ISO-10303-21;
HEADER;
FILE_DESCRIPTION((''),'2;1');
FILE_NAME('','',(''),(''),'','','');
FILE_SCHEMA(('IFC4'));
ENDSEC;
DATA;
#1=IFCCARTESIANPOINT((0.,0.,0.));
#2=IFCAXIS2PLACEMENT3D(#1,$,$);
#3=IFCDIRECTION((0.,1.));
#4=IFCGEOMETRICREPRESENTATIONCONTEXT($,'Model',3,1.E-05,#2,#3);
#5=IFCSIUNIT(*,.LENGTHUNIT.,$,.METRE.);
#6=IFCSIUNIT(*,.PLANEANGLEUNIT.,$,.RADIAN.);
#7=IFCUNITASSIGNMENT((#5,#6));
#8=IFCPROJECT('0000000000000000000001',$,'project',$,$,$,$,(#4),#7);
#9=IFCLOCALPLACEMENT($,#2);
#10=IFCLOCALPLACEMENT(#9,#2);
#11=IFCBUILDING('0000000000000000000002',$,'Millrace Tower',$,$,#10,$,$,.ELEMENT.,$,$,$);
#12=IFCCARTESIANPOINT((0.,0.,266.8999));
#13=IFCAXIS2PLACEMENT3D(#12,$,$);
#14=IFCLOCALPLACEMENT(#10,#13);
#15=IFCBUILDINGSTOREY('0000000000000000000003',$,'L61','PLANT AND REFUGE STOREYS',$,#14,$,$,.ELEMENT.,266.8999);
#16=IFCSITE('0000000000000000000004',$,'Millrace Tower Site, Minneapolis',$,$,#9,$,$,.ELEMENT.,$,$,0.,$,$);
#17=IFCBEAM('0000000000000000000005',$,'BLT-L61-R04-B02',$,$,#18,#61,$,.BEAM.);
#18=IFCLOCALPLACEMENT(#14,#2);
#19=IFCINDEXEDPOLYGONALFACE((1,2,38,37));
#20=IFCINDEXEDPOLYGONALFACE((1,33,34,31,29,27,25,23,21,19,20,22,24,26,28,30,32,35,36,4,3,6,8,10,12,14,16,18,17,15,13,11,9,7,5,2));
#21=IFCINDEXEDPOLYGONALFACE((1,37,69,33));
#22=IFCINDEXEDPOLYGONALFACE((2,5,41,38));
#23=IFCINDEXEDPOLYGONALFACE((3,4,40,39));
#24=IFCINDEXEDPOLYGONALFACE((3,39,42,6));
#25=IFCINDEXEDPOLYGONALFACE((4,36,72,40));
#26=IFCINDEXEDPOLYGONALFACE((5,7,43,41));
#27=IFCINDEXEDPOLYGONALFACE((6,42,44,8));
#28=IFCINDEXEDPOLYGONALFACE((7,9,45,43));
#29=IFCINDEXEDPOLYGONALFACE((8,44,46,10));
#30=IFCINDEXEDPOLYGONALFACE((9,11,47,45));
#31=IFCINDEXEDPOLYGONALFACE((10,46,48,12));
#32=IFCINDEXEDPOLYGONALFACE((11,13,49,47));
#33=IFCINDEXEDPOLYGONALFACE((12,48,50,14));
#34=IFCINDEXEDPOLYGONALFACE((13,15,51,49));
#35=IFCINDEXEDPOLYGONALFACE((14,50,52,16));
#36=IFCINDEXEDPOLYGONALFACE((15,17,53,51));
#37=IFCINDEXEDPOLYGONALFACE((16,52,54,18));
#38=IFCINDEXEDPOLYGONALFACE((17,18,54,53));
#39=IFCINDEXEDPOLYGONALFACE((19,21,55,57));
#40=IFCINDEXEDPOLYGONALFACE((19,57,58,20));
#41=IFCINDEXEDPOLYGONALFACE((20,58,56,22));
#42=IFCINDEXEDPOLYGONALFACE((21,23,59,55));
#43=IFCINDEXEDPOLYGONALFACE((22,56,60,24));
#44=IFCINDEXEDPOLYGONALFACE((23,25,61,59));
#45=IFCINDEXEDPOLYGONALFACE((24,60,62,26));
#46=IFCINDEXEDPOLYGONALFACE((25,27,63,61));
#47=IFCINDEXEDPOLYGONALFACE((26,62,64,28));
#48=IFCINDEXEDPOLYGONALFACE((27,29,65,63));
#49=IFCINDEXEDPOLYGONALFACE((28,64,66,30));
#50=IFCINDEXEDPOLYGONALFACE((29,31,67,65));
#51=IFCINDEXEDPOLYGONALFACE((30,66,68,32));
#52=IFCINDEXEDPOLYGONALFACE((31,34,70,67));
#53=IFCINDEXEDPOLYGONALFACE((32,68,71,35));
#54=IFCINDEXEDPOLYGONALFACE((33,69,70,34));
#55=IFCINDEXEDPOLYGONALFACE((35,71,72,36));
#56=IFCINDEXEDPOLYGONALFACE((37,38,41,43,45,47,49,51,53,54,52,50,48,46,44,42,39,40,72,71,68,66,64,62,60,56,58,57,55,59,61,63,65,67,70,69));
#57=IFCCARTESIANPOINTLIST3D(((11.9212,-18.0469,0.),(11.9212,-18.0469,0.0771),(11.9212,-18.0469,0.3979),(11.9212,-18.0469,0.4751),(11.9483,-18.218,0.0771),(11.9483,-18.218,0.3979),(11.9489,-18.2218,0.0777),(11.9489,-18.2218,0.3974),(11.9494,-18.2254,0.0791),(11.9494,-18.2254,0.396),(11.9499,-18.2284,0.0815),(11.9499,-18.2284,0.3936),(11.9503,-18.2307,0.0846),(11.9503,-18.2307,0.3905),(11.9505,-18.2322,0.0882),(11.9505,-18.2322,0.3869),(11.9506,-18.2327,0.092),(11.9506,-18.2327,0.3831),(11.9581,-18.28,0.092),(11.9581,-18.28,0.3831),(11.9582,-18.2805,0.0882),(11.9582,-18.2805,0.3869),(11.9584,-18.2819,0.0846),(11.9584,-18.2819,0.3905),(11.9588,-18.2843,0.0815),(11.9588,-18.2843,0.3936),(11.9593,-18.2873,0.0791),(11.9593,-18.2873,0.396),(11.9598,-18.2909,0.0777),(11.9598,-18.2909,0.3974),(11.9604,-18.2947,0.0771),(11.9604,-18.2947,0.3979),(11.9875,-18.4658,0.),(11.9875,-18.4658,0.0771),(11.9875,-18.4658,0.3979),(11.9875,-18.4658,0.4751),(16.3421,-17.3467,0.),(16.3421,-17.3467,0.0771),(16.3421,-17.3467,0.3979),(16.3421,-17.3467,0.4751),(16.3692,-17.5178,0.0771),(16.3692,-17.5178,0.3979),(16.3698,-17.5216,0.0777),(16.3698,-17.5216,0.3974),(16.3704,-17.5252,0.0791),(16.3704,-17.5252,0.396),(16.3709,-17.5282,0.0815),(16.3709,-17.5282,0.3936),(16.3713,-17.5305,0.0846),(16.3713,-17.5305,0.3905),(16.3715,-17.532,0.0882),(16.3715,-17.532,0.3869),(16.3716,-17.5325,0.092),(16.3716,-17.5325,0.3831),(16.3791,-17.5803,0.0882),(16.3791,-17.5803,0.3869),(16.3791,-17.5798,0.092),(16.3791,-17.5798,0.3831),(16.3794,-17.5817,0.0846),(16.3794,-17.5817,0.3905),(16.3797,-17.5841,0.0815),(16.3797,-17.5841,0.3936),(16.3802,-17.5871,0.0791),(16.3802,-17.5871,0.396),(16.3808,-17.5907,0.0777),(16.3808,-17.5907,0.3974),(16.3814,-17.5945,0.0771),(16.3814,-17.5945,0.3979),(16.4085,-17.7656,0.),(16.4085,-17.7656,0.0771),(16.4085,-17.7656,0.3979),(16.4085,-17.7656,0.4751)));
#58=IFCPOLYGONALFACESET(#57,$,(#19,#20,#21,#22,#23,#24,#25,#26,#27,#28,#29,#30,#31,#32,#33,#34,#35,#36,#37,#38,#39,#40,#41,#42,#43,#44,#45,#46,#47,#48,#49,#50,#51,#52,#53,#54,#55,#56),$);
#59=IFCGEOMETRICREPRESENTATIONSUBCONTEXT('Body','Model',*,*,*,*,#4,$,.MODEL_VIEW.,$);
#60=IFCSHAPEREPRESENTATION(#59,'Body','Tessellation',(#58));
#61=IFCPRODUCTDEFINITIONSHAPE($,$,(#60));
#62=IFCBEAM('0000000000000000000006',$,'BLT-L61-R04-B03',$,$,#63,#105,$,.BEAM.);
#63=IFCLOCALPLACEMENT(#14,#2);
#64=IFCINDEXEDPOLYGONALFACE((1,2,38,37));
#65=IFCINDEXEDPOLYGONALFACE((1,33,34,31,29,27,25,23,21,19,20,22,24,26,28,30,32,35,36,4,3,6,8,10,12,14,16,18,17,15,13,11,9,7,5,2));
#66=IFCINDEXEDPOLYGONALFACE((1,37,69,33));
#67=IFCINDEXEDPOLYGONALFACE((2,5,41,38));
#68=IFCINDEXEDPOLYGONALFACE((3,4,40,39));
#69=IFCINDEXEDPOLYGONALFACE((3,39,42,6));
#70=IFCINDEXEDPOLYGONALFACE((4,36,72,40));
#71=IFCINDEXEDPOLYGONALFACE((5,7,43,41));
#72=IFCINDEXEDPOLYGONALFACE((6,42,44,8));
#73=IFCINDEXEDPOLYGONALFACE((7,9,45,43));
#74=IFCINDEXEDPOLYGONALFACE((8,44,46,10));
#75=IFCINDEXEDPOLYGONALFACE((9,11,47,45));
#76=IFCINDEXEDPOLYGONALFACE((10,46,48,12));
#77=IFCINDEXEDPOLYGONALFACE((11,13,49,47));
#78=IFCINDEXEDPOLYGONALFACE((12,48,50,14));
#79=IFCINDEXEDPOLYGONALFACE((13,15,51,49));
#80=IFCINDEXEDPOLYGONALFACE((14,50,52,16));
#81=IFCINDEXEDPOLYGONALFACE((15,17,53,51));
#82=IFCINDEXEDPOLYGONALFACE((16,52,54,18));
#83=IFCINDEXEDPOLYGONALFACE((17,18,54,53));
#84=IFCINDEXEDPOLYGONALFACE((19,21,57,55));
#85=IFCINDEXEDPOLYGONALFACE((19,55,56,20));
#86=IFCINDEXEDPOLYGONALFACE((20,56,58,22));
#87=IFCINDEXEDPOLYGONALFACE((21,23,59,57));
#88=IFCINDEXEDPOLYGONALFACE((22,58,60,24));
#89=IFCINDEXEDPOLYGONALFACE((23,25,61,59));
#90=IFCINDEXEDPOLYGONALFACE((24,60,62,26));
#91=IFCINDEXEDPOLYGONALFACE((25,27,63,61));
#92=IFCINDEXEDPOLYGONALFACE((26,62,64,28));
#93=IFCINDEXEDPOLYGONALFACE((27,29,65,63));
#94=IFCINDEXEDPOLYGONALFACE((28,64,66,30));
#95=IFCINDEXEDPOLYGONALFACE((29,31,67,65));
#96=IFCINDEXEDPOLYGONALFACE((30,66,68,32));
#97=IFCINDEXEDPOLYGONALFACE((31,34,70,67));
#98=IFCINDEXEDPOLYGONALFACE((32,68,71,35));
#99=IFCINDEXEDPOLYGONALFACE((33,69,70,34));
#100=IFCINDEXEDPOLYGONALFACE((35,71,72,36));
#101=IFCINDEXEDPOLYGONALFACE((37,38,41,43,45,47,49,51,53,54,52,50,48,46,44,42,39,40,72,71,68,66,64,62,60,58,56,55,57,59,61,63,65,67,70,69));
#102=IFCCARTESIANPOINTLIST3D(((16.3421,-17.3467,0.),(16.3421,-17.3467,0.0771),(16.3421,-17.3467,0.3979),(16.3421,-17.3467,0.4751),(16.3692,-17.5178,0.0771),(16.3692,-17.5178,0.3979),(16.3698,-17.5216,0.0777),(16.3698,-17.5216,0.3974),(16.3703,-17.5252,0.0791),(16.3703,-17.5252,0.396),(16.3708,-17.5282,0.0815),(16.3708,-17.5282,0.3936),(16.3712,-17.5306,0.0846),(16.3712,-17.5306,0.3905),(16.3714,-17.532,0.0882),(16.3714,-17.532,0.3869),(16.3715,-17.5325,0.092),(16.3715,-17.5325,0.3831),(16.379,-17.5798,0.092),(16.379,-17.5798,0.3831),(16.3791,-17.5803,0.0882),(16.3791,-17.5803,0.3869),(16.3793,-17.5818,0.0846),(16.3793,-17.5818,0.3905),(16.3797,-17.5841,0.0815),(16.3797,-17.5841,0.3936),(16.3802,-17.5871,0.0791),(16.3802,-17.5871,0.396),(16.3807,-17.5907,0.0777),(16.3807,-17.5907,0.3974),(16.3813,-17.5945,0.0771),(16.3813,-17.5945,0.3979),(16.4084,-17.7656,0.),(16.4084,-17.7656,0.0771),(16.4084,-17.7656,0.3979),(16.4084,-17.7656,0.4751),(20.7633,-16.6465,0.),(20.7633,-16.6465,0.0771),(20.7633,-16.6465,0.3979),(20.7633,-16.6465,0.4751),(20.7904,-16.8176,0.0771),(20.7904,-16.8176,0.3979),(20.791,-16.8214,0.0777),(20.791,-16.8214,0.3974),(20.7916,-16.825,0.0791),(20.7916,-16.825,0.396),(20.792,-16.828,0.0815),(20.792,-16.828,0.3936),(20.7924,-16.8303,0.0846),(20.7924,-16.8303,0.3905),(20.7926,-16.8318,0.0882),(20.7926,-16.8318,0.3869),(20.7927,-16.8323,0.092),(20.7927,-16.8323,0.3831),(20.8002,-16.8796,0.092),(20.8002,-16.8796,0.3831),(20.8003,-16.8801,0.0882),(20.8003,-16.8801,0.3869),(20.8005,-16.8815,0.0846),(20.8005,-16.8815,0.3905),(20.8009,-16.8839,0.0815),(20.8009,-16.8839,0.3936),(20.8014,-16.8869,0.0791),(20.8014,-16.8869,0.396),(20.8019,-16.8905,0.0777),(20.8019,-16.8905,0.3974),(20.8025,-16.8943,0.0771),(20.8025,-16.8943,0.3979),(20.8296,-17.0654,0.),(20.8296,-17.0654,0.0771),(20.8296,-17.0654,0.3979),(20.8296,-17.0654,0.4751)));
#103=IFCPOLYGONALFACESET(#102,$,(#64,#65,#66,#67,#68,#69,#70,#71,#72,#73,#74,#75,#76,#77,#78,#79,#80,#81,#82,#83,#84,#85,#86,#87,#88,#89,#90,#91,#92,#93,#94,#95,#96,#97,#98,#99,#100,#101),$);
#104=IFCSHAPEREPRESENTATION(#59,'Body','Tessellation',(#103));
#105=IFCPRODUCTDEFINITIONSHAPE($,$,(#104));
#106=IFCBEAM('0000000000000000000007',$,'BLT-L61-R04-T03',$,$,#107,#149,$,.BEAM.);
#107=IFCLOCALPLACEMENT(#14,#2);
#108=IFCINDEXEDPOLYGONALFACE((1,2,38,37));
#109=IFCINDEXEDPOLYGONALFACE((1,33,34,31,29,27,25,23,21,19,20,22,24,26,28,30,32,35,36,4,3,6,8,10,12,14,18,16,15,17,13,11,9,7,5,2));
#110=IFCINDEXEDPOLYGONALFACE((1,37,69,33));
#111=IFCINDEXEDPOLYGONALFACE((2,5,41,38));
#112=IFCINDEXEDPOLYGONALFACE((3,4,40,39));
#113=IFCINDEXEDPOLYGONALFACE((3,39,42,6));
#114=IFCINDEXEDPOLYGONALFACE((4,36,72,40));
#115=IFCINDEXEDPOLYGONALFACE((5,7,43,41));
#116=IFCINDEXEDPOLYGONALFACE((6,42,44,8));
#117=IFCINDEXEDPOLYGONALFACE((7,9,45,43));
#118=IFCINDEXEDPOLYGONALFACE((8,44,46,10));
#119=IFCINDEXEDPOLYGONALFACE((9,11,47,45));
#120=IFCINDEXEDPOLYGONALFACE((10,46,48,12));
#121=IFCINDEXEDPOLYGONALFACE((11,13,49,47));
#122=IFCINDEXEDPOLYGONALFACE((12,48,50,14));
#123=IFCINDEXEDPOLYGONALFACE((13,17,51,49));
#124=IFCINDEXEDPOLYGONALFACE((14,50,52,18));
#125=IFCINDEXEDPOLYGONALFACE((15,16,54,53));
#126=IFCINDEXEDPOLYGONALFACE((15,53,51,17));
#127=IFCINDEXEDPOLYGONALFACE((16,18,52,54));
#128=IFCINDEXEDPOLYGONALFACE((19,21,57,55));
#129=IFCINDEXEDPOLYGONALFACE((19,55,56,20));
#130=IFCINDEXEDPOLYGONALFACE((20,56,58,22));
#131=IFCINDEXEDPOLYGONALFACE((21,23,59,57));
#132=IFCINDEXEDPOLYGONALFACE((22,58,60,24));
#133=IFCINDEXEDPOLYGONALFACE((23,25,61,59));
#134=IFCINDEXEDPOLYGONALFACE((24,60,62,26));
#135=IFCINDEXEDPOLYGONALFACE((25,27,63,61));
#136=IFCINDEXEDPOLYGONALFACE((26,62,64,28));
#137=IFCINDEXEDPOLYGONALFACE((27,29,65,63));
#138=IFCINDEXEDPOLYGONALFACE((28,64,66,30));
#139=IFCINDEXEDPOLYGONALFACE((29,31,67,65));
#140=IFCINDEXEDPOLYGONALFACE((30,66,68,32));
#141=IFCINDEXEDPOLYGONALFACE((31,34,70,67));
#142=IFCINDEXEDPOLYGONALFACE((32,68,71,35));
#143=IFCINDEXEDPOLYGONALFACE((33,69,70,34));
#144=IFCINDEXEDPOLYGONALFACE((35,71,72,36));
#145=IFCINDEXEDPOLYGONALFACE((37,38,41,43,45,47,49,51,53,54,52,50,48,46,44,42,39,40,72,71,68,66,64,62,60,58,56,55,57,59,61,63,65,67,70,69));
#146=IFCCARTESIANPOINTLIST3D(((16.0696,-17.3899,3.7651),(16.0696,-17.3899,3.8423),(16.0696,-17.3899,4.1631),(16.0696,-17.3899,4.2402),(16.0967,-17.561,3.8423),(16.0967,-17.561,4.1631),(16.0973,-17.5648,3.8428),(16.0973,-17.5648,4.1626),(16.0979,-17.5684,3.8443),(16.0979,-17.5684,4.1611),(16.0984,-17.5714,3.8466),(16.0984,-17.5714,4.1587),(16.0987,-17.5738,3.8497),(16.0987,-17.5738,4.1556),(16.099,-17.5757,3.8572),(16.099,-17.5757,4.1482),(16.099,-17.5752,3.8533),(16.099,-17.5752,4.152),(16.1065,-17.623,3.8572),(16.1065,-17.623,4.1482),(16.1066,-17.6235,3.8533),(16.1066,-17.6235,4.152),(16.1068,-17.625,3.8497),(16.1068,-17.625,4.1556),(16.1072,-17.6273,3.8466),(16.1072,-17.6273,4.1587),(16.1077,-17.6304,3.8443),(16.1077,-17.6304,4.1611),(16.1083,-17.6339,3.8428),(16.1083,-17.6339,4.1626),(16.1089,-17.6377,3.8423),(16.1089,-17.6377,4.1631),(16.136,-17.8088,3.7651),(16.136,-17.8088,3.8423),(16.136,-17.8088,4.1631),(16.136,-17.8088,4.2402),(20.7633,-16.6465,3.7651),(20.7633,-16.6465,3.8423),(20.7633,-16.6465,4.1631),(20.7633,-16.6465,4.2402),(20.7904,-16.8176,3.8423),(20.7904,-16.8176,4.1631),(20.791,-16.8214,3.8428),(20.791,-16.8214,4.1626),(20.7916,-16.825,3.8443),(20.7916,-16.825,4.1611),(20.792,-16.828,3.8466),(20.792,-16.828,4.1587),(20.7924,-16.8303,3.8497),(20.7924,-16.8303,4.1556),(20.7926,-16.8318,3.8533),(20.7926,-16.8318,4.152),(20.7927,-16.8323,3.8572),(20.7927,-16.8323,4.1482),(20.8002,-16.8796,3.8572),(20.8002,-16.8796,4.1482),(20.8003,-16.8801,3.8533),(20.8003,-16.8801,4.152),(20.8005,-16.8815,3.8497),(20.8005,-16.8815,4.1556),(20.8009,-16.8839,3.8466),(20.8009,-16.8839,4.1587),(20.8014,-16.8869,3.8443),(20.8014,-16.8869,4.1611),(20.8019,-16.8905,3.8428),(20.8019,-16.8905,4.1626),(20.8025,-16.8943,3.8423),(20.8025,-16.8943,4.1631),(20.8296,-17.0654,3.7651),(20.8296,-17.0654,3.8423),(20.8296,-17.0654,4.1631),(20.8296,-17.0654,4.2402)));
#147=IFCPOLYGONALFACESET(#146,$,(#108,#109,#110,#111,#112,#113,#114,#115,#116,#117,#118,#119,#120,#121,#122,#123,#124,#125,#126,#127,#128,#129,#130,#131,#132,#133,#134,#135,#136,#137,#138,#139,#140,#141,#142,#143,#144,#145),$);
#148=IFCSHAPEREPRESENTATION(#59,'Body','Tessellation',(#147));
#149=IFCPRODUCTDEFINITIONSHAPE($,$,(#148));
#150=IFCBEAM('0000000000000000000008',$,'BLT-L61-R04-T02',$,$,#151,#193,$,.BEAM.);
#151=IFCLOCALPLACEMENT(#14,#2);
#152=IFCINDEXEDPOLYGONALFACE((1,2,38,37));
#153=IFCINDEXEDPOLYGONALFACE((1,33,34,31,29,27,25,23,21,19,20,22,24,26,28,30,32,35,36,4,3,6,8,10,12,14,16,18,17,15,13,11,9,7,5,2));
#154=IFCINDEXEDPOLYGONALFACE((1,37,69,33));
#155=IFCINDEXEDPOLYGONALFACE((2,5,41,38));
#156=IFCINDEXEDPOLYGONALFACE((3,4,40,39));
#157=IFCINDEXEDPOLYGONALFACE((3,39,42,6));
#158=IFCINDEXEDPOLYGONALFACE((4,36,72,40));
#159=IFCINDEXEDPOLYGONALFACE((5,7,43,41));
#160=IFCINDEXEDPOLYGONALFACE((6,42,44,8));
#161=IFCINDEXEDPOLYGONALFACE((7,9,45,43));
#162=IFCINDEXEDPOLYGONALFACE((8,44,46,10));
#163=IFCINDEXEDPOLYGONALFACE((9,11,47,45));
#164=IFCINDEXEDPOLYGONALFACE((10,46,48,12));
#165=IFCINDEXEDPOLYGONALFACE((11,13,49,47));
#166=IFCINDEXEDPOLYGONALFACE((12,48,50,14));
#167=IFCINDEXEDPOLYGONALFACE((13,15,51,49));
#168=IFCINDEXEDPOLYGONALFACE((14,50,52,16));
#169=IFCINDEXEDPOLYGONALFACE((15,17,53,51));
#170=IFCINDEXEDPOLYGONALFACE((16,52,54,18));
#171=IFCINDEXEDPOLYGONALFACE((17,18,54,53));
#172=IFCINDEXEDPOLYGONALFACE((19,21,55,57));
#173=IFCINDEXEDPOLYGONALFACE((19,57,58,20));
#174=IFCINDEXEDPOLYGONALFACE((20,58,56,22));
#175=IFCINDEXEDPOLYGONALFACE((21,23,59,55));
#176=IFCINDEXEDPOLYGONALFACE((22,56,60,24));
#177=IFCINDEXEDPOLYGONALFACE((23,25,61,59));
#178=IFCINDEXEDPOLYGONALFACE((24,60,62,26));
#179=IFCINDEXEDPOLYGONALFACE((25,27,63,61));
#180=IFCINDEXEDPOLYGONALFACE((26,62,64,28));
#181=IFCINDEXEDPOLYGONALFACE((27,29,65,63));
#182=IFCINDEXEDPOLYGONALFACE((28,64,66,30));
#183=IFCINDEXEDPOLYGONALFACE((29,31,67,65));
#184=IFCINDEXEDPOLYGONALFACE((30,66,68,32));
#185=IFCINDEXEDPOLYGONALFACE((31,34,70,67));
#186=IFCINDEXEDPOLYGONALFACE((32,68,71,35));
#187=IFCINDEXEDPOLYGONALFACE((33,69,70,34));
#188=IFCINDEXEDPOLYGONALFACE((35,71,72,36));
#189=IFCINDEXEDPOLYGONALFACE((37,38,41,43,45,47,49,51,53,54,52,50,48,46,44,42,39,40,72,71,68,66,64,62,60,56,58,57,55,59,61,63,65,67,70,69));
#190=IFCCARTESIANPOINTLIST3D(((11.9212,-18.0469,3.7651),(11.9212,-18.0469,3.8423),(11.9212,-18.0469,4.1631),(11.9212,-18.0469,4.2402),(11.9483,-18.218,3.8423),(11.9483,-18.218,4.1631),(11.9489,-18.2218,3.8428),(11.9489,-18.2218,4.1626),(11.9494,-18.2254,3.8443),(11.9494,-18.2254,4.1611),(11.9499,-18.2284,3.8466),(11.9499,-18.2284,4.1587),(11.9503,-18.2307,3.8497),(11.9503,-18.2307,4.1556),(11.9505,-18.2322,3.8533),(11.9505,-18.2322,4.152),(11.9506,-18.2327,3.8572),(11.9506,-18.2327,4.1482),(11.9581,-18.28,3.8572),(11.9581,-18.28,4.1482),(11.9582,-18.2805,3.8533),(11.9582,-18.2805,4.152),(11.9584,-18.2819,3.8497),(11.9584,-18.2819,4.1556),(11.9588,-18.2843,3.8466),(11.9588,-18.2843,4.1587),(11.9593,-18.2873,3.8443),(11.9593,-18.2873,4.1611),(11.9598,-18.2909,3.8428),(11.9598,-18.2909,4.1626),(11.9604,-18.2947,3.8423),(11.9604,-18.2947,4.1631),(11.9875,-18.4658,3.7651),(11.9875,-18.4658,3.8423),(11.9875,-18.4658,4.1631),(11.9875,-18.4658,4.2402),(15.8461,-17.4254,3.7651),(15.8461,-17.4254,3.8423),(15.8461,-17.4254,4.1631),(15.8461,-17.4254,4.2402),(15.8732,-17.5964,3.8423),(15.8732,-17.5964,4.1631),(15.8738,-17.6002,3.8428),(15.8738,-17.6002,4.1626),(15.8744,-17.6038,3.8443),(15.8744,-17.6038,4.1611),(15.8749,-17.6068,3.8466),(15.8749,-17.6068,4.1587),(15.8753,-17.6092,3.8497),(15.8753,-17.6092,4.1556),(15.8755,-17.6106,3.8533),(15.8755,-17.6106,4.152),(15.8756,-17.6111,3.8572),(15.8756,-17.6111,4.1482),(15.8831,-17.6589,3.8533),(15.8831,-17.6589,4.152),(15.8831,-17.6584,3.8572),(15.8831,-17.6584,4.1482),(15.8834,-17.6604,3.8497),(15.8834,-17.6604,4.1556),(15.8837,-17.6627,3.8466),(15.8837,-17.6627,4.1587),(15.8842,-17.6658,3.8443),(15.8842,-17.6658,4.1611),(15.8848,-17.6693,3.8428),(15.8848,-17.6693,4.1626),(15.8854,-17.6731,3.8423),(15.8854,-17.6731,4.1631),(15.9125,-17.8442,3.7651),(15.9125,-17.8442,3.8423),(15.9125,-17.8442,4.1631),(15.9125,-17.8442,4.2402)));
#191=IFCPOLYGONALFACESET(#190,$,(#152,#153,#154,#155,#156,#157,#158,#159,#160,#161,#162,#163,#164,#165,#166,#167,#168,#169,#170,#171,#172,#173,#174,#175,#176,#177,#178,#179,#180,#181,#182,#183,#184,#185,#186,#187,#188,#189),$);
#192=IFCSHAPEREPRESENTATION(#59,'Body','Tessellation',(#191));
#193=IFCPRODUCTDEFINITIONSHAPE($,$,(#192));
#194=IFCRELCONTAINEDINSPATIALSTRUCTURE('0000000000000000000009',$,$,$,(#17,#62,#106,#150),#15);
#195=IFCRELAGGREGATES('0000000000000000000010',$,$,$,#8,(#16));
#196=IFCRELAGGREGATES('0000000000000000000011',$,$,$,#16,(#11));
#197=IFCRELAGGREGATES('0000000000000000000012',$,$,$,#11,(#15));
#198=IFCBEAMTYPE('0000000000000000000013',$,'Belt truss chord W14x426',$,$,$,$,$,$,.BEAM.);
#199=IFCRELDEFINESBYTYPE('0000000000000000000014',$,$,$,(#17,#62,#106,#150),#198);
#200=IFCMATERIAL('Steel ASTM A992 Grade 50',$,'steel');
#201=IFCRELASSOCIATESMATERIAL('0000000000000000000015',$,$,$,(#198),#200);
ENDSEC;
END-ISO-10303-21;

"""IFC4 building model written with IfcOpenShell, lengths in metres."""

from ifc_helpers import new_model, si_unit, direction, frame, origin, origin_2d, place, context, subcontext, project, spatial, i_section, extrude, material, material_profile, profile_set, type_object, element, save


model = new_model("IFC4")

# Units and contexts
model_context = context("Model", 3, precision=1e-05, world=origin(), true_north=direction((0.0, 1.0)))
body_context = subcontext(model_context, "Body", "Model", "MODEL_VIEW")
ifc_project = project(units=[si_unit("LENGTHUNIT", "METRE"), si_unit("PLANEANGLEUNIT", "RADIAN")], contexts=[model_context])

# Site, building, storey
site_placement = place(None, origin())
site = spatial("IfcSite", under=ifc_project, at=site_placement, Name="Millrace Tower Site, Minneapolis", CompositionType="ELEMENT", RefElevation=0.0)
building_placement = place(site_placement, origin())
building = spatial("IfcBuilding", under=site, at=building_placement, Name="Millrace Tower", CompositionType="ELEMENT")
storey_placement = place(building_placement, frame((0.0, 0.0, 266.8999)))
storey = spatial("IfcBuildingStorey", under=building, at=storey_placement, Name="L61", Description="PLANT AND REFUGE STOREYS", CompositionType="ELEMENT", Elevation=266.8999)

# Beams
ifc_material_1 = material(Name="Steel ASTM A992 Grade 50", Category="steel")
ifc_material_profile_1 = material_profile(ifc_material_1, i_section(OverallWidth=0.4241, OverallDepth=0.4751, WebThickness=0.0479, FlangeThickness=0.0771, FilletRadius=0.0149, at=origin_2d()))
ifc_profile_set_1 = profile_set([ifc_material_profile_1], Name="Steel ASTM A992 Grade 50")
beam_type_1 = type_object("IfcBeamType", Name="Belt truss chord W14x426", PredefinedType="BEAM", material=ifc_profile_set_1)
beam_1_placement = place(storey_placement, frame((11.9543, -18.2563, 0.2375), z_axis=(0.987689, 0.156433, 0.0), x_axis=(-0.156433, 0.987689, 0.0)))
element("IfcBeam", 1, at=beam_1_placement, inside=storey, type_object=beam_type_1, Name="BLT-L61-R04-B02", PredefinedType="BEAM", context=body_context, shape_type="SweptSolid", body=[
    extrude(i_section(OverallWidth=0.4241, OverallDepth=0.4751, WebThickness=0.0479, FlangeThickness=0.0771, FilletRadius=0.0149, at=origin_2d()), origin(), (0.0, 0.0, 1.0), 4.4761),
])
beam_2_placement = place(storey_placement, frame((16.3752, -17.5562, 0.2375), z_axis=(0.98769, 0.156425, 0.0), x_axis=(-0.156425, 0.98769, 0.0)))
element("IfcBeam", 2, at=beam_2_placement, inside=storey, type_object=beam_type_1, Name="BLT-L61-R04-B03", PredefinedType="BEAM", context=body_context, shape_type="SweptSolid", body=[
    extrude(i_section(OverallWidth=0.4241, OverallDepth=0.4751, WebThickness=0.0479, FlangeThickness=0.0771, FilletRadius=0.0149, at=origin_2d()), origin(), (0.0, 0.0, 1.0), 4.4763),
])
beam_3_placement = place(storey_placement, frame((16.1028, -17.5994, 4.0027), z_axis=(0.987688, 0.156437, 0.0), x_axis=(-0.156437, 0.987688, 0.0)))
element("IfcBeam", 3, at=beam_3_placement, inside=storey, type_object=beam_type_1, Name="BLT-L61-R04-T03", PredefinedType="BEAM", context=body_context, shape_type="SweptSolid", body=[
    extrude(i_section(OverallWidth=0.4241, OverallDepth=0.4751, WebThickness=0.0479, FlangeThickness=0.0771, FilletRadius=0.0149, at=origin_2d()), origin(), (0.0, 0.0, 1.0), 4.7522),
])
beam_4_placement = place(storey_placement, frame((11.9543, -18.2563, 4.0027), z_axis=(0.987692, 0.156414, 0.0), x_axis=(-0.156414, 0.987692, 0.0)))
element("IfcBeam", 4, at=beam_4_placement, inside=storey, type_object=beam_type_1, Name="BLT-L61-R04-T02", PredefinedType="BEAM", context=body_context, shape_type="SweptSolid", body=[
    extrude(i_section(OverallWidth=0.4241, OverallDepth=0.4751, WebThickness=0.0479, FlangeThickness=0.0771, FilletRadius=0.0149, at=origin_2d()), origin(), (0.0, 0.0, 1.0), 3.9739),
])

save(model, "model.ifc")
